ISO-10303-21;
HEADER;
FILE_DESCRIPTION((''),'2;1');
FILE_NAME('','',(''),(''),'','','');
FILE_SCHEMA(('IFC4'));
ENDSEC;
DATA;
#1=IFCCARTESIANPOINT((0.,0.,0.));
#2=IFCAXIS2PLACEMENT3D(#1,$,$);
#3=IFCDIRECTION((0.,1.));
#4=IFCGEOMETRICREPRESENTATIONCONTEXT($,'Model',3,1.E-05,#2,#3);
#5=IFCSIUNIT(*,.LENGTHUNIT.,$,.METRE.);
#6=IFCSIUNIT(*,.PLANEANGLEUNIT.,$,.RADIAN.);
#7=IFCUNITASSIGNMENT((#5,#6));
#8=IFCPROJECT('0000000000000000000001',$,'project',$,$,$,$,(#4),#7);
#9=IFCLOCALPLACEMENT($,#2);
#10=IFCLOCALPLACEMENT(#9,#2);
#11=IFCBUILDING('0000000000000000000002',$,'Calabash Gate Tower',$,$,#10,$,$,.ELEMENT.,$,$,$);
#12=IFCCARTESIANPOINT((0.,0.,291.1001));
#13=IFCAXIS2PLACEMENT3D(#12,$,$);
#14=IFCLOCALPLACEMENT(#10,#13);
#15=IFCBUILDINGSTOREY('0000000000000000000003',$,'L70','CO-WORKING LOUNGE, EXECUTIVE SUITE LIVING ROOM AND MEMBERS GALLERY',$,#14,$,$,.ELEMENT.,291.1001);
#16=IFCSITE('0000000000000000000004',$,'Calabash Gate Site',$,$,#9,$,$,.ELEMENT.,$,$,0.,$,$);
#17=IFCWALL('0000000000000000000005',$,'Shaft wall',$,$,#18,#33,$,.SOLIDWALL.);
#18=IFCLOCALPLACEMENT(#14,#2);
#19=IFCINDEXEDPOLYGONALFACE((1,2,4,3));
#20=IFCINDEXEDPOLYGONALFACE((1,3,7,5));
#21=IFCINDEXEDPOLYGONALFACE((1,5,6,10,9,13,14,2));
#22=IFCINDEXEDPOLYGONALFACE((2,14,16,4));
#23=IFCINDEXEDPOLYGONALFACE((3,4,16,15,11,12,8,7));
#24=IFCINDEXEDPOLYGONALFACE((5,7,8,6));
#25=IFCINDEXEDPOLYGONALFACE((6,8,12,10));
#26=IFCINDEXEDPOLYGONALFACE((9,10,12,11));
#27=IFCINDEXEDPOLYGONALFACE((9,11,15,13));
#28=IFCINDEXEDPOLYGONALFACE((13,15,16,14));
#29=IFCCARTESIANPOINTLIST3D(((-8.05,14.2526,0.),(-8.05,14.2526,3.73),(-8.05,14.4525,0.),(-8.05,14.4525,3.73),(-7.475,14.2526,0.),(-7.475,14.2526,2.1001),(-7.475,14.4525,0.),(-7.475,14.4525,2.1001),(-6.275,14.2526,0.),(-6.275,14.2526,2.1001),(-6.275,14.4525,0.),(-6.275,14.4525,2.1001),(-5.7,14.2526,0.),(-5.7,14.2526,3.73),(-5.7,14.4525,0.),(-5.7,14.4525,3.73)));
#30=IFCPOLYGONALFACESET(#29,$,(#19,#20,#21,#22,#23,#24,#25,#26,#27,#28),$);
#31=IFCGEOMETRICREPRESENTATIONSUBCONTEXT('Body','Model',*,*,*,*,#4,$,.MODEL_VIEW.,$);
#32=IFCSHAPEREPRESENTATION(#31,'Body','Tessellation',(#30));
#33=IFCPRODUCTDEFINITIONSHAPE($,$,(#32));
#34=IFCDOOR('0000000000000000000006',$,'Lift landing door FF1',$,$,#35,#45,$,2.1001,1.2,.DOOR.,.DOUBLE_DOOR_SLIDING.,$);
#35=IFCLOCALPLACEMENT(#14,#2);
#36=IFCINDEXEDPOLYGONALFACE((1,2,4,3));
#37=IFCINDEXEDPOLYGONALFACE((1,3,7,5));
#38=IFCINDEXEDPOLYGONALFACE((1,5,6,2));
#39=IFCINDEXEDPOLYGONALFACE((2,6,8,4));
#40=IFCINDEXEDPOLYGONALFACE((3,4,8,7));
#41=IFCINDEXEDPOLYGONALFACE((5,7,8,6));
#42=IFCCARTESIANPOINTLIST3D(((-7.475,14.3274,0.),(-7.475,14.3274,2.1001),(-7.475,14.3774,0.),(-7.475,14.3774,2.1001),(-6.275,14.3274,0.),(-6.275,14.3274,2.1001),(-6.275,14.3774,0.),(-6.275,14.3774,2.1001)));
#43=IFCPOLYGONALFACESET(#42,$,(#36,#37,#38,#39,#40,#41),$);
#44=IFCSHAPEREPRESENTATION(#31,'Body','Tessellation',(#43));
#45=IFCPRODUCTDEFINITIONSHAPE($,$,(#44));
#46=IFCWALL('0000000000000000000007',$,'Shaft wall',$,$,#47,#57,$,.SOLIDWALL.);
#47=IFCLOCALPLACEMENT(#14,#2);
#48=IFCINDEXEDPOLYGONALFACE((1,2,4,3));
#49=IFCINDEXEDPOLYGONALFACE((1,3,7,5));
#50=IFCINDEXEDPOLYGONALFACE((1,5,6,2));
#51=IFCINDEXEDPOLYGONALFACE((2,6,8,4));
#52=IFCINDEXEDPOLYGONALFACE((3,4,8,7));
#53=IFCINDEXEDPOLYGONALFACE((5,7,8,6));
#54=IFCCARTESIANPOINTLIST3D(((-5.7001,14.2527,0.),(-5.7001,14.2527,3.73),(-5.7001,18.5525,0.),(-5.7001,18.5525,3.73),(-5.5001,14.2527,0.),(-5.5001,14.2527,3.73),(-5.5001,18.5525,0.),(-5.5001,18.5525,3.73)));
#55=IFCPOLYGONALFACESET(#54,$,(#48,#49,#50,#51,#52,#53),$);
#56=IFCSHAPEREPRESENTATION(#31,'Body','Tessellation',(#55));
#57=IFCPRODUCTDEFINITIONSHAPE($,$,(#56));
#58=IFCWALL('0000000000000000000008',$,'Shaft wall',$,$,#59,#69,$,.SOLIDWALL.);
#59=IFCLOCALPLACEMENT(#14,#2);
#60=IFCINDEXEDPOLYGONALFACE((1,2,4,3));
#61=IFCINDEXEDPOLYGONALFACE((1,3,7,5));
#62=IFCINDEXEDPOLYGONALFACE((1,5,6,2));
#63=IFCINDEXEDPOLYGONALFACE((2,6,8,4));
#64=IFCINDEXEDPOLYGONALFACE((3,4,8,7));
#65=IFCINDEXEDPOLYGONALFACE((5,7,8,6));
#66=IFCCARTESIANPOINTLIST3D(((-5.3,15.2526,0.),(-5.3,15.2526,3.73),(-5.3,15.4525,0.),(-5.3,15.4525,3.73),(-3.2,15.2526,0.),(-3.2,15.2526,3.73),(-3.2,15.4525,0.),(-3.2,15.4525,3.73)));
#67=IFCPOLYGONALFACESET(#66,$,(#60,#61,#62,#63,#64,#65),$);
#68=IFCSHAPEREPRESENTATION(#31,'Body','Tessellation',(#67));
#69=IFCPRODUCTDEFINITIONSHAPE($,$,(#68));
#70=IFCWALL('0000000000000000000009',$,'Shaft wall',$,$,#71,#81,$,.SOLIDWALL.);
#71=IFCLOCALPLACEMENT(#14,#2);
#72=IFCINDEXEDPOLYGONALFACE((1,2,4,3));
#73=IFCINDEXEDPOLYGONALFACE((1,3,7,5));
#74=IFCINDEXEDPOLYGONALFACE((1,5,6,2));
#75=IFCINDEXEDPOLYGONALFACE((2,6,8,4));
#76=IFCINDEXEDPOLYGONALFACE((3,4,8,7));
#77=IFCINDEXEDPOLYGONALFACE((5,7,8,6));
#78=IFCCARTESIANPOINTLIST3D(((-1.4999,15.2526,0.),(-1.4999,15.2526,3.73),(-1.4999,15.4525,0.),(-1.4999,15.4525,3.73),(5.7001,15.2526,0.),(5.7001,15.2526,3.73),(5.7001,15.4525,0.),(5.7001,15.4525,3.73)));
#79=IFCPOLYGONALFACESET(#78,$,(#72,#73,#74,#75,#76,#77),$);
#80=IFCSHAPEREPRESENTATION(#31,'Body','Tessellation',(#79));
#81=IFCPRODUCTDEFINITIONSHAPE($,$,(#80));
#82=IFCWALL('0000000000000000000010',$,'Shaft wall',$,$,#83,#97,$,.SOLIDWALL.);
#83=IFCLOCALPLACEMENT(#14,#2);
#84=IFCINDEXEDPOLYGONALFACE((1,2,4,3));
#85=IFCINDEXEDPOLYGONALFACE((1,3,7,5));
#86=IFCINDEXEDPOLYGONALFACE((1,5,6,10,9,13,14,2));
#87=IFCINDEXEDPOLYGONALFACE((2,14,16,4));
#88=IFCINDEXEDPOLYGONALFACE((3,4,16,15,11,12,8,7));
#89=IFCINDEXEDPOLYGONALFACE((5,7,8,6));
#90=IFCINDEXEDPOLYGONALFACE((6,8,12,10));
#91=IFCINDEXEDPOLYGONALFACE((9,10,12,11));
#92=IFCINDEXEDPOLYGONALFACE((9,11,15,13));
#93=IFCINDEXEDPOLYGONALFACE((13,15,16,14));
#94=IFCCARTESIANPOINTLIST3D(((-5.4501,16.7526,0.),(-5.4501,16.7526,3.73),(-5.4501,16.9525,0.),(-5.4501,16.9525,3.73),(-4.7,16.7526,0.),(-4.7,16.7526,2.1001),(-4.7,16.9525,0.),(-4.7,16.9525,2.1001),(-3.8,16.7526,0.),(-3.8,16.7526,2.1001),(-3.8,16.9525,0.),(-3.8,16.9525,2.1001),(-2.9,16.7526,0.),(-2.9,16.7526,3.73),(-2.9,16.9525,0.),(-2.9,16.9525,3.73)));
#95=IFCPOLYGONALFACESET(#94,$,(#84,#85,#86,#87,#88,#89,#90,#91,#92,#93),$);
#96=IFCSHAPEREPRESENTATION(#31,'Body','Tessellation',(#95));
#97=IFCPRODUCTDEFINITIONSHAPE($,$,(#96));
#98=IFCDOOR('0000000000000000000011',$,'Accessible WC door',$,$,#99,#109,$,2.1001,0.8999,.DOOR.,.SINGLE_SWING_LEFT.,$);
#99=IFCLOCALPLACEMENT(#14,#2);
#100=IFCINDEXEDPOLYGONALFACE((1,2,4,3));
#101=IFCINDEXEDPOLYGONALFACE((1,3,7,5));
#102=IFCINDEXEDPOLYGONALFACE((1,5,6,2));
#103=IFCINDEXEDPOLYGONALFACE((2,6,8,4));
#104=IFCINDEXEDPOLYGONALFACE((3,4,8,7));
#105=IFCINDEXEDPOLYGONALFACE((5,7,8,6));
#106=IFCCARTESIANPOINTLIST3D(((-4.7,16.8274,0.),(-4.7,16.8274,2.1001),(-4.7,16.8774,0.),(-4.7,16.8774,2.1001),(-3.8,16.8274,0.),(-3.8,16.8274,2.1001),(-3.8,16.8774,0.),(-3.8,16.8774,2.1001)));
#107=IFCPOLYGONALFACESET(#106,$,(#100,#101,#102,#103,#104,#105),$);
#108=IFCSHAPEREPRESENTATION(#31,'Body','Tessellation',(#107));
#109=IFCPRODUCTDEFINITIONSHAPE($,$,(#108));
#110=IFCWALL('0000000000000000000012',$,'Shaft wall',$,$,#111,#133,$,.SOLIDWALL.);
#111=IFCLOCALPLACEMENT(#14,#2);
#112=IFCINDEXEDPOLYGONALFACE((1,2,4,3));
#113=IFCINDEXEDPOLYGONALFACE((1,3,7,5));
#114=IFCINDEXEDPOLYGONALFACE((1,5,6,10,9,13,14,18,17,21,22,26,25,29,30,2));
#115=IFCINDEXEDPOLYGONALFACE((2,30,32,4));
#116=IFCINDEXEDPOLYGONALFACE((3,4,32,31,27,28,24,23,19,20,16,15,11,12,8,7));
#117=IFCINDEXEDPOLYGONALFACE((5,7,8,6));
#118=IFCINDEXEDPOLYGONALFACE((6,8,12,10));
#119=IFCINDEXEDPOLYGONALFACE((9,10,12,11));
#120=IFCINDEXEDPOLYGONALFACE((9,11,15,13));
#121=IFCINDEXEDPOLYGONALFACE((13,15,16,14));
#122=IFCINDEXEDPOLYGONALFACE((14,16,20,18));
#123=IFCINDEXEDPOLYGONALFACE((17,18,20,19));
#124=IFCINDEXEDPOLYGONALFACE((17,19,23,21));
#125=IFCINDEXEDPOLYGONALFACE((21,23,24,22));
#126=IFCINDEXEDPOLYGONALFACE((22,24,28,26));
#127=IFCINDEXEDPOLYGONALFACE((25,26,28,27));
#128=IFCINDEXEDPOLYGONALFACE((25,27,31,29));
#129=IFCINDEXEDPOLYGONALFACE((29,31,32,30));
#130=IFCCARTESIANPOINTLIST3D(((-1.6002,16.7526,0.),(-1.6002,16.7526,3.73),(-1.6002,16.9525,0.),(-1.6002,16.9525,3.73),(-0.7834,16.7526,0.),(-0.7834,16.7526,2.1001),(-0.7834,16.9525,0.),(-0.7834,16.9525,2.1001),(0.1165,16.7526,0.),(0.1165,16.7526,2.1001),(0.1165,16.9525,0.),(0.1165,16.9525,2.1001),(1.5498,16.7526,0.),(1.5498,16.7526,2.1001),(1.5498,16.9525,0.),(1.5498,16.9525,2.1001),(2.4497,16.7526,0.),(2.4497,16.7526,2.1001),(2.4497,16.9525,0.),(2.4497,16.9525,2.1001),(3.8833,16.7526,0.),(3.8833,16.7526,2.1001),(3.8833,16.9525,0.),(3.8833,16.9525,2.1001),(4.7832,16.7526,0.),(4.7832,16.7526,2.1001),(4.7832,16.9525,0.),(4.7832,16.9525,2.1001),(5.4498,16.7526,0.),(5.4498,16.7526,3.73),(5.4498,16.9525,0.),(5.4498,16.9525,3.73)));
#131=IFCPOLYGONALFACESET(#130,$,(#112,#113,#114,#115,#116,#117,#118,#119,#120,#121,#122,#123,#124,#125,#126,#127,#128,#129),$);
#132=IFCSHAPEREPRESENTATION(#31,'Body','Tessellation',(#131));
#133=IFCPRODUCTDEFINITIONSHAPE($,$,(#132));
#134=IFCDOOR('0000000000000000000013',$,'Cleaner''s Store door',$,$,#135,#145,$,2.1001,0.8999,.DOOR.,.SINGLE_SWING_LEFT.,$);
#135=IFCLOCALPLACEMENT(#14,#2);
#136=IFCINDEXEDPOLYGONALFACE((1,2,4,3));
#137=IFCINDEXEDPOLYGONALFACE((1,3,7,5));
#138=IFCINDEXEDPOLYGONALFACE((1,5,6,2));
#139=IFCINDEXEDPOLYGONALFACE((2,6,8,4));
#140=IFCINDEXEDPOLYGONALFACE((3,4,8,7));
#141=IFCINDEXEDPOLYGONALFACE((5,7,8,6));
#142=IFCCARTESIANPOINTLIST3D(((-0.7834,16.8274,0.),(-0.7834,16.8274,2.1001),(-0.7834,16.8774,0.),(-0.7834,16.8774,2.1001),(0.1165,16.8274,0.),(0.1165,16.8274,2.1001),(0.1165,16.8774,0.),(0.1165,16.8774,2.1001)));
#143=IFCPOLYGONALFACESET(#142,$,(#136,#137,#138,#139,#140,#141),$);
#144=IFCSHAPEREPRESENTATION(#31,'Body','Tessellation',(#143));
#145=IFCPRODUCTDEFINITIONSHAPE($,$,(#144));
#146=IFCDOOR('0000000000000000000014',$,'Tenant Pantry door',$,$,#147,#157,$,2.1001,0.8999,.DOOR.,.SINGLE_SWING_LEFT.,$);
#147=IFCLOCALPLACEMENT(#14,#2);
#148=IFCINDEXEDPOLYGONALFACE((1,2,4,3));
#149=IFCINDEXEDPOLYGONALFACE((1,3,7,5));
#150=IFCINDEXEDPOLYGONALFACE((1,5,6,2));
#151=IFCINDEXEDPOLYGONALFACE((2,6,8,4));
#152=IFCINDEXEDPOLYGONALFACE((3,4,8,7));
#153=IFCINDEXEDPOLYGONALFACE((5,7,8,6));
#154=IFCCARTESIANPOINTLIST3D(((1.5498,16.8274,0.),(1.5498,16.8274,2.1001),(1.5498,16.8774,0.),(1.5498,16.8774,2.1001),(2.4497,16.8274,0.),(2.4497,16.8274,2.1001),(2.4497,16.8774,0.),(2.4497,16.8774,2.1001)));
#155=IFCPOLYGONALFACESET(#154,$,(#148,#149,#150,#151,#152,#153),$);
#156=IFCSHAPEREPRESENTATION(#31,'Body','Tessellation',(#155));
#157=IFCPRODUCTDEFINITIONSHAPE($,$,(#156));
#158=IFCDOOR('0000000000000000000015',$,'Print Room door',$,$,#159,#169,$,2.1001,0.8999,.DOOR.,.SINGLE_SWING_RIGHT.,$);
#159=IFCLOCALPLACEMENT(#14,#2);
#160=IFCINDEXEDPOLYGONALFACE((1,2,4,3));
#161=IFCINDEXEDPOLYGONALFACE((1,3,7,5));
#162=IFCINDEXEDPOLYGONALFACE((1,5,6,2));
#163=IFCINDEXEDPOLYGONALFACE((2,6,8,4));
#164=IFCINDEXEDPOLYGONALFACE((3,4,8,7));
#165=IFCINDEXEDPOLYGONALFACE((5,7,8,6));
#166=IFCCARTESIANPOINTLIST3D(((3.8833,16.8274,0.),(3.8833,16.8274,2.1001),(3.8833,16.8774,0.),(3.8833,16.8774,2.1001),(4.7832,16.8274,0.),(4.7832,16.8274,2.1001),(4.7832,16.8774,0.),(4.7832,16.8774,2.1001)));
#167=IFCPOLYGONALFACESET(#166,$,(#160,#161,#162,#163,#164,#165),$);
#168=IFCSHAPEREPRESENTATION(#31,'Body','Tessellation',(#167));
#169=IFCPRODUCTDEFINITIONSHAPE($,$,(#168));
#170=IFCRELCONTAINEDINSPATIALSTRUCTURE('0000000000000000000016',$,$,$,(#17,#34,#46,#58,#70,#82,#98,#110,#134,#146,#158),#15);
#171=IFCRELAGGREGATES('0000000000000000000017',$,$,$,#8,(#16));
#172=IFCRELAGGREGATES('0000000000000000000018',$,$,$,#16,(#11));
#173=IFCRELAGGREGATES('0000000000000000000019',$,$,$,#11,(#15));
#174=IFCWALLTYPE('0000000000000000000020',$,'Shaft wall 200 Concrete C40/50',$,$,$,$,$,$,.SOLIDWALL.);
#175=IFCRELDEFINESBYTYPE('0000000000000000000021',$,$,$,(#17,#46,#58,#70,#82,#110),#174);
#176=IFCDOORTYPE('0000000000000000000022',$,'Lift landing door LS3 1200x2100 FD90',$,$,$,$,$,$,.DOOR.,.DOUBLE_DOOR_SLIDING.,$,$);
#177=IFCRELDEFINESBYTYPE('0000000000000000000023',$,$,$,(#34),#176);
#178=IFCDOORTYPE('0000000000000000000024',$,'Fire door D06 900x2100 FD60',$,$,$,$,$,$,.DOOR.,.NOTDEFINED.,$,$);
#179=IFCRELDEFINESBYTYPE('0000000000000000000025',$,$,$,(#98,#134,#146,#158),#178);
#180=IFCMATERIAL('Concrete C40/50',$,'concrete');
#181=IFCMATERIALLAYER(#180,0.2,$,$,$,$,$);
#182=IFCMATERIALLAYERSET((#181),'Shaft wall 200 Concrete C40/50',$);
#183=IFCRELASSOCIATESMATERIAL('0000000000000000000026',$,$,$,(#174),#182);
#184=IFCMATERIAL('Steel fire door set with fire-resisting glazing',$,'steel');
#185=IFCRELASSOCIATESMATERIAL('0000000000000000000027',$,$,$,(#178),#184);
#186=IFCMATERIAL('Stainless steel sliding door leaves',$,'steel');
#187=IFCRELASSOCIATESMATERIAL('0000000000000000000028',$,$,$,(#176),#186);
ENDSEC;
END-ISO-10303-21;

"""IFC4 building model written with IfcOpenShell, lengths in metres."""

from ifc_helpers import new_model, si_unit, direction, frame, frame_2d, origin, place, context, subcontext, project, spatial, rectangle, extrude, material, layer, layer_set, type_object, element, fill, save


model = new_model("IFC4")

# Units and contexts
model_context = context("Model", 3, precision=1e-05, world=origin(), true_north=direction((0.0, 1.0)))
body_context = subcontext(model_context, "Body", "Model", "MODEL_VIEW")
ifc_project = project(units=[si_unit("LENGTHUNIT", "METRE"), si_unit("PLANEANGLEUNIT", "RADIAN")], contexts=[model_context])

# Site, building, storey
site_placement = place(None, origin())
site = spatial("IfcSite", under=ifc_project, at=site_placement, Name="Calabash Gate Site", CompositionType="ELEMENT", RefElevation=0.0)
building_placement = place(site_placement, origin())
building = spatial("IfcBuilding", under=site, at=building_placement, Name="Calabash Gate Tower", CompositionType="ELEMENT")
storey_placement = place(building_placement, frame((0.0, 0.0, 291.1001)))
storey = spatial("IfcBuildingStorey", under=building, at=storey_placement, Name="L70", Description="CO-WORKING LOUNGE, EXECUTIVE SUITE LIVING ROOM AND MEMBERS GALLERY", CompositionType="ELEMENT", Elevation=291.1001)

# Shared definitions
ifc_material_1 = material(Name="Concrete C40/50", Category="concrete")
ifc_layer_1 = layer(ifc_material_1, 0.2)
ifc_layer_set_1 = layer_set([ifc_layer_1], Name="Shaft wall 200 Concrete C40/50")
wall_type_1 = type_object("IfcWallType", Name="Shaft wall 200 Concrete C40/50", PredefinedType="SOLIDWALL", material=ifc_layer_set_1)
ifc_material_2 = material(Name="Steel fire door set with fire-resisting glazing", Category="steel")
door_type_1 = type_object("IfcDoorType", Name="Fire door D06 900x2100 FD60", OperationType="NOTDEFINED", PredefinedType="DOOR", material=ifc_material_2)

# Wall, opening, door
wall_1_placement = place(storey_placement, frame((-8.05, 14.3525, 0.0), z_axis=(0.0, 0.0, 1.0), x_axis=(1.0, 0.0, 0.0)))
wall_1 = element("IfcWall", 1, at=wall_1_placement, inside=storey, type_object=wall_type_1, Name="Shaft wall", PredefinedType="SOLIDWALL", context=body_context, shape_type="SweptSolid", body=[
    extrude(rectangle(XDim=2.3501, YDim=0.2, at=frame_2d((1.175, 0.0))), origin(), (0.0, 0.0, 1.0), 3.73),
])
opening_1_placement = place(wall_1_placement, frame((0.575, 0.0, 0.0)))
opening_1 = element("IfcOpeningElement", 2, at=opening_1_placement, cuts=wall_1, PredefinedType="OPENING", context=body_context, shape_type="SweptSolid", body=[
    extrude(rectangle(XDim=1.2, YDim=2.1001, at=frame_2d((0.6001, 1.05))), frame((0.0, 0.1099, 0.0), z_axis=(0.0, -1.0, 0.0), x_axis=(1.0, 0.0, 0.0)), (0.0, 0.0, 1.0), 0.22),
])
ifc_material_3 = material(Name="Stainless steel sliding door leaves", Category="steel")
door_type_2 = type_object("IfcDoorType", Name="Lift landing door LS3 1200x2100 FD90", OperationType="DOUBLE_DOOR_SLIDING", PredefinedType="DOOR", material=ifc_material_3)
door_1_placement = place(opening_1_placement, origin())
door_1 = element("IfcDoor", 3, at=door_1_placement, inside=storey, type_object=door_type_2, Name="Lift landing door FF1", OperationType="DOUBLE_DOOR_SLIDING", OverallHeight=2.1001, OverallWidth=1.2, PredefinedType="DOOR", context=body_context, shape_type="SweptSolid", body=[
    extrude(rectangle(XDim=1.2, YDim=2.1001, at=frame_2d((0.6001, 1.05))), frame((0.0, 0.0249, 0.0), z_axis=(0.0, -1.0, 0.0), x_axis=(1.0, 0.0, 0.0)), (0.0, 0.0, 1.0), 0.05),
])
fill(opening_1, door_1)

# Walls
wall_2_placement = place(storey_placement, frame((-5.6001, 14.2527, 0.0), z_axis=(0.0, 0.0, 1.0), x_axis=(0.0, 1.0, 0.0)))
element("IfcWall", 4, at=wall_2_placement, inside=storey, type_object=wall_type_1, Name="Shaft wall", PredefinedType="SOLIDWALL", context=body_context, shape_type="SweptSolid", body=[
    extrude(rectangle(XDim=4.2998, YDim=0.2, at=frame_2d((2.1499, 0.0))), origin(), (0.0, 0.0, 1.0), 3.73),
])
wall_3_placement = place(storey_placement, frame((-5.3, 15.3525, 0.0), z_axis=(0.0, 0.0, 1.0), x_axis=(1.0, 0.0, 0.0)))
element("IfcWall", 5, at=wall_3_placement, inside=storey, type_object=wall_type_1, Name="Shaft wall", PredefinedType="SOLIDWALL", context=body_context, shape_type="SweptSolid", body=[
    extrude(rectangle(XDim=2.1001, YDim=0.2, at=frame_2d((1.05, 0.0))), origin(), (0.0, 0.0, 1.0), 3.73),
])
wall_4_placement = place(storey_placement, frame((-1.5, 15.3525, 0.0), z_axis=(0.0, 0.0, 1.0), x_axis=(1.0, 0.0, 0.0)))
element("IfcWall", 6, at=wall_4_placement, inside=storey, type_object=wall_type_1, Name="Shaft wall", PredefinedType="SOLIDWALL", context=body_context, shape_type="SweptSolid", body=[
    extrude(rectangle(XDim=7.2, YDim=0.2, at=frame_2d((3.6001, 0.0))), origin(), (0.0, 0.0, 1.0), 3.73),
])

# Wall, opening, door
wall_5_placement = place(storey_placement, frame((-5.45, 16.8525, 0.0), z_axis=(0.0, 0.0, 1.0), x_axis=(1.0, 0.0, 0.0)))
wall_5 = element("IfcWall", 7, at=wall_5_placement, inside=storey, type_object=wall_type_1, Name="Shaft wall", PredefinedType="SOLIDWALL", context=body_context, shape_type="SweptSolid", body=[
    extrude(rectangle(XDim=2.55, YDim=0.2, at=frame_2d((1.2749, 0.0))), origin(), (0.0, 0.0, 1.0), 3.73),
])
opening_2_placement = place(wall_5_placement, frame((0.75, 0.0, 0.0)))
opening_2 = element("IfcOpeningElement", 8, at=opening_2_placement, cuts=wall_5, PredefinedType="OPENING", context=body_context, shape_type="SweptSolid", body=[
    extrude(rectangle(XDim=0.8999, YDim=2.1001, at=frame_2d((0.45, 1.05))), frame((0.0, 0.1099, 0.0), z_axis=(0.0, -1.0, 0.0), x_axis=(1.0, 0.0, 0.0)), (0.0, 0.0, 1.0), 0.22),
])
door_2_placement = place(opening_2_placement, origin())
door_2 = element("IfcDoor", 9, at=door_2_placement, inside=storey, type_object=door_type_1, Name="Accessible WC door", OperationType="SINGLE_SWING_LEFT", OverallHeight=2.1001, OverallWidth=0.8999, PredefinedType="DOOR", context=body_context, shape_type="SweptSolid", body=[
    extrude(rectangle(XDim=0.8999, YDim=2.1001, at=frame_2d((0.45, 1.05))), frame((0.0, 0.0249, 0.0), z_axis=(0.0, -1.0, 0.0), x_axis=(1.0, 0.0, 0.0)), (0.0, 0.0, 1.0), 0.05),
])
fill(opening_2, door_2)

# Wall, openings, doors
wall_6_placement = place(storey_placement, frame((-1.6001, 16.8525, 0.0), z_axis=(0.0, 0.0, 1.0), x_axis=(1.0, 0.0, 0.0)))
wall_6 = element("IfcWall", 10, at=wall_6_placement, inside=storey, type_object=wall_type_1, Name="Shaft wall", PredefinedType="SOLIDWALL", context=body_context, shape_type="SweptSolid", body=[
    extrude(rectangle(XDim=7.05, YDim=0.2, at=frame_2d((3.5249, 0.0))), origin(), (0.0, 0.0, 1.0), 3.73),
])
opening_3_placement = place(wall_6_placement, frame((0.8167, 0.0, 0.0)))
opening_3 = element("IfcOpeningElement", 11, at=opening_3_placement, cuts=wall_6, PredefinedType="OPENING", context=body_context, shape_type="SweptSolid", body=[
    extrude(rectangle(XDim=0.8999, YDim=2.1001, at=frame_2d((0.45, 1.05))), frame((0.0, 0.1099, 0.0), z_axis=(0.0, -1.0, 0.0), x_axis=(1.0, 0.0, 0.0)), (0.0, 0.0, 1.0), 0.22),
])
opening_4_placement = place(wall_6_placement, frame((3.1499, 0.0, 0.0)))
opening_4 = element("IfcOpeningElement", 12, at=opening_4_placement, cuts=wall_6, PredefinedType="OPENING", context=body_context, shape_type="SweptSolid", body=[
    extrude(rectangle(XDim=0.8999, YDim=2.1001, at=frame_2d((0.45, 1.05))), frame((0.0, 0.1099, 0.0), z_axis=(0.0, -1.0, 0.0), x_axis=(1.0, 0.0, 0.0)), (0.0, 0.0, 1.0), 0.22),
])
opening_5_placement = place(wall_6_placement, frame((5.4834, 0.0, 0.0)))
opening_5 = element("IfcOpeningElement", 13, at=opening_5_placement, cuts=wall_6, PredefinedType="OPENING", context=body_context, shape_type="SweptSolid", body=[
    extrude(rectangle(XDim=0.8999, YDim=2.1001, at=frame_2d((0.45, 1.05))), frame((0.0, 0.1099, 0.0), z_axis=(0.0, -1.0, 0.0), x_axis=(1.0, 0.0, 0.0)), (0.0, 0.0, 1.0), 0.22),
])
door_3_placement = place(opening_3_placement, origin())
door_3 = element("IfcDoor", 14, at=door_3_placement, inside=storey, type_object=door_type_1, Name="Cleaner's Store door", OperationType="SINGLE_SWING_LEFT", OverallHeight=2.1001, OverallWidth=0.8999, PredefinedType="DOOR", context=body_context, shape_type="SweptSolid", body=[
    extrude(rectangle(XDim=0.8999, YDim=2.1001, at=frame_2d((0.45, 1.05))), frame((0.0, 0.0249, 0.0), z_axis=(0.0, -1.0, 0.0), x_axis=(1.0, 0.0, 0.0)), (0.0, 0.0, 1.0), 0.05),
])
fill(opening_3, door_3)
door_4_placement = place(opening_4_placement, origin())
door_4 = element("IfcDoor", 15, at=door_4_placement, inside=storey, type_object=door_type_1, Name="Tenant Pantry door", OperationType="SINGLE_SWING_LEFT", OverallHeight=2.1001, OverallWidth=0.8999, PredefinedType="DOOR", context=body_context, shape_type="SweptSolid", body=[
    extrude(rectangle(XDim=0.8999, YDim=2.1001, at=frame_2d((0.45, 1.05))), frame((0.0, 0.0249, 0.0), z_axis=(0.0, -1.0, 0.0), x_axis=(1.0, 0.0, 0.0)), (0.0, 0.0, 1.0), 0.05),
])
fill(opening_4, door_4)
door_5_placement = place(opening_5_placement, origin())
door_5 = element("IfcDoor", 16, at=door_5_placement, inside=storey, type_object=door_type_1, Name="Print Room door", OperationType="SINGLE_SWING_RIGHT", OverallHeight=2.1001, OverallWidth=0.8999, PredefinedType="DOOR", context=body_context, shape_type="SweptSolid", body=[
    extrude(rectangle(XDim=0.8999, YDim=2.1001, at=frame_2d((0.45, 1.05))), frame((0.0, 0.0249, 0.0), z_axis=(0.0, -1.0, 0.0), x_axis=(1.0, 0.0, 0.0)), (0.0, 0.0, 1.0), 0.05),
])
fill(opening_5, door_5)

save(model, "model.ifc")
